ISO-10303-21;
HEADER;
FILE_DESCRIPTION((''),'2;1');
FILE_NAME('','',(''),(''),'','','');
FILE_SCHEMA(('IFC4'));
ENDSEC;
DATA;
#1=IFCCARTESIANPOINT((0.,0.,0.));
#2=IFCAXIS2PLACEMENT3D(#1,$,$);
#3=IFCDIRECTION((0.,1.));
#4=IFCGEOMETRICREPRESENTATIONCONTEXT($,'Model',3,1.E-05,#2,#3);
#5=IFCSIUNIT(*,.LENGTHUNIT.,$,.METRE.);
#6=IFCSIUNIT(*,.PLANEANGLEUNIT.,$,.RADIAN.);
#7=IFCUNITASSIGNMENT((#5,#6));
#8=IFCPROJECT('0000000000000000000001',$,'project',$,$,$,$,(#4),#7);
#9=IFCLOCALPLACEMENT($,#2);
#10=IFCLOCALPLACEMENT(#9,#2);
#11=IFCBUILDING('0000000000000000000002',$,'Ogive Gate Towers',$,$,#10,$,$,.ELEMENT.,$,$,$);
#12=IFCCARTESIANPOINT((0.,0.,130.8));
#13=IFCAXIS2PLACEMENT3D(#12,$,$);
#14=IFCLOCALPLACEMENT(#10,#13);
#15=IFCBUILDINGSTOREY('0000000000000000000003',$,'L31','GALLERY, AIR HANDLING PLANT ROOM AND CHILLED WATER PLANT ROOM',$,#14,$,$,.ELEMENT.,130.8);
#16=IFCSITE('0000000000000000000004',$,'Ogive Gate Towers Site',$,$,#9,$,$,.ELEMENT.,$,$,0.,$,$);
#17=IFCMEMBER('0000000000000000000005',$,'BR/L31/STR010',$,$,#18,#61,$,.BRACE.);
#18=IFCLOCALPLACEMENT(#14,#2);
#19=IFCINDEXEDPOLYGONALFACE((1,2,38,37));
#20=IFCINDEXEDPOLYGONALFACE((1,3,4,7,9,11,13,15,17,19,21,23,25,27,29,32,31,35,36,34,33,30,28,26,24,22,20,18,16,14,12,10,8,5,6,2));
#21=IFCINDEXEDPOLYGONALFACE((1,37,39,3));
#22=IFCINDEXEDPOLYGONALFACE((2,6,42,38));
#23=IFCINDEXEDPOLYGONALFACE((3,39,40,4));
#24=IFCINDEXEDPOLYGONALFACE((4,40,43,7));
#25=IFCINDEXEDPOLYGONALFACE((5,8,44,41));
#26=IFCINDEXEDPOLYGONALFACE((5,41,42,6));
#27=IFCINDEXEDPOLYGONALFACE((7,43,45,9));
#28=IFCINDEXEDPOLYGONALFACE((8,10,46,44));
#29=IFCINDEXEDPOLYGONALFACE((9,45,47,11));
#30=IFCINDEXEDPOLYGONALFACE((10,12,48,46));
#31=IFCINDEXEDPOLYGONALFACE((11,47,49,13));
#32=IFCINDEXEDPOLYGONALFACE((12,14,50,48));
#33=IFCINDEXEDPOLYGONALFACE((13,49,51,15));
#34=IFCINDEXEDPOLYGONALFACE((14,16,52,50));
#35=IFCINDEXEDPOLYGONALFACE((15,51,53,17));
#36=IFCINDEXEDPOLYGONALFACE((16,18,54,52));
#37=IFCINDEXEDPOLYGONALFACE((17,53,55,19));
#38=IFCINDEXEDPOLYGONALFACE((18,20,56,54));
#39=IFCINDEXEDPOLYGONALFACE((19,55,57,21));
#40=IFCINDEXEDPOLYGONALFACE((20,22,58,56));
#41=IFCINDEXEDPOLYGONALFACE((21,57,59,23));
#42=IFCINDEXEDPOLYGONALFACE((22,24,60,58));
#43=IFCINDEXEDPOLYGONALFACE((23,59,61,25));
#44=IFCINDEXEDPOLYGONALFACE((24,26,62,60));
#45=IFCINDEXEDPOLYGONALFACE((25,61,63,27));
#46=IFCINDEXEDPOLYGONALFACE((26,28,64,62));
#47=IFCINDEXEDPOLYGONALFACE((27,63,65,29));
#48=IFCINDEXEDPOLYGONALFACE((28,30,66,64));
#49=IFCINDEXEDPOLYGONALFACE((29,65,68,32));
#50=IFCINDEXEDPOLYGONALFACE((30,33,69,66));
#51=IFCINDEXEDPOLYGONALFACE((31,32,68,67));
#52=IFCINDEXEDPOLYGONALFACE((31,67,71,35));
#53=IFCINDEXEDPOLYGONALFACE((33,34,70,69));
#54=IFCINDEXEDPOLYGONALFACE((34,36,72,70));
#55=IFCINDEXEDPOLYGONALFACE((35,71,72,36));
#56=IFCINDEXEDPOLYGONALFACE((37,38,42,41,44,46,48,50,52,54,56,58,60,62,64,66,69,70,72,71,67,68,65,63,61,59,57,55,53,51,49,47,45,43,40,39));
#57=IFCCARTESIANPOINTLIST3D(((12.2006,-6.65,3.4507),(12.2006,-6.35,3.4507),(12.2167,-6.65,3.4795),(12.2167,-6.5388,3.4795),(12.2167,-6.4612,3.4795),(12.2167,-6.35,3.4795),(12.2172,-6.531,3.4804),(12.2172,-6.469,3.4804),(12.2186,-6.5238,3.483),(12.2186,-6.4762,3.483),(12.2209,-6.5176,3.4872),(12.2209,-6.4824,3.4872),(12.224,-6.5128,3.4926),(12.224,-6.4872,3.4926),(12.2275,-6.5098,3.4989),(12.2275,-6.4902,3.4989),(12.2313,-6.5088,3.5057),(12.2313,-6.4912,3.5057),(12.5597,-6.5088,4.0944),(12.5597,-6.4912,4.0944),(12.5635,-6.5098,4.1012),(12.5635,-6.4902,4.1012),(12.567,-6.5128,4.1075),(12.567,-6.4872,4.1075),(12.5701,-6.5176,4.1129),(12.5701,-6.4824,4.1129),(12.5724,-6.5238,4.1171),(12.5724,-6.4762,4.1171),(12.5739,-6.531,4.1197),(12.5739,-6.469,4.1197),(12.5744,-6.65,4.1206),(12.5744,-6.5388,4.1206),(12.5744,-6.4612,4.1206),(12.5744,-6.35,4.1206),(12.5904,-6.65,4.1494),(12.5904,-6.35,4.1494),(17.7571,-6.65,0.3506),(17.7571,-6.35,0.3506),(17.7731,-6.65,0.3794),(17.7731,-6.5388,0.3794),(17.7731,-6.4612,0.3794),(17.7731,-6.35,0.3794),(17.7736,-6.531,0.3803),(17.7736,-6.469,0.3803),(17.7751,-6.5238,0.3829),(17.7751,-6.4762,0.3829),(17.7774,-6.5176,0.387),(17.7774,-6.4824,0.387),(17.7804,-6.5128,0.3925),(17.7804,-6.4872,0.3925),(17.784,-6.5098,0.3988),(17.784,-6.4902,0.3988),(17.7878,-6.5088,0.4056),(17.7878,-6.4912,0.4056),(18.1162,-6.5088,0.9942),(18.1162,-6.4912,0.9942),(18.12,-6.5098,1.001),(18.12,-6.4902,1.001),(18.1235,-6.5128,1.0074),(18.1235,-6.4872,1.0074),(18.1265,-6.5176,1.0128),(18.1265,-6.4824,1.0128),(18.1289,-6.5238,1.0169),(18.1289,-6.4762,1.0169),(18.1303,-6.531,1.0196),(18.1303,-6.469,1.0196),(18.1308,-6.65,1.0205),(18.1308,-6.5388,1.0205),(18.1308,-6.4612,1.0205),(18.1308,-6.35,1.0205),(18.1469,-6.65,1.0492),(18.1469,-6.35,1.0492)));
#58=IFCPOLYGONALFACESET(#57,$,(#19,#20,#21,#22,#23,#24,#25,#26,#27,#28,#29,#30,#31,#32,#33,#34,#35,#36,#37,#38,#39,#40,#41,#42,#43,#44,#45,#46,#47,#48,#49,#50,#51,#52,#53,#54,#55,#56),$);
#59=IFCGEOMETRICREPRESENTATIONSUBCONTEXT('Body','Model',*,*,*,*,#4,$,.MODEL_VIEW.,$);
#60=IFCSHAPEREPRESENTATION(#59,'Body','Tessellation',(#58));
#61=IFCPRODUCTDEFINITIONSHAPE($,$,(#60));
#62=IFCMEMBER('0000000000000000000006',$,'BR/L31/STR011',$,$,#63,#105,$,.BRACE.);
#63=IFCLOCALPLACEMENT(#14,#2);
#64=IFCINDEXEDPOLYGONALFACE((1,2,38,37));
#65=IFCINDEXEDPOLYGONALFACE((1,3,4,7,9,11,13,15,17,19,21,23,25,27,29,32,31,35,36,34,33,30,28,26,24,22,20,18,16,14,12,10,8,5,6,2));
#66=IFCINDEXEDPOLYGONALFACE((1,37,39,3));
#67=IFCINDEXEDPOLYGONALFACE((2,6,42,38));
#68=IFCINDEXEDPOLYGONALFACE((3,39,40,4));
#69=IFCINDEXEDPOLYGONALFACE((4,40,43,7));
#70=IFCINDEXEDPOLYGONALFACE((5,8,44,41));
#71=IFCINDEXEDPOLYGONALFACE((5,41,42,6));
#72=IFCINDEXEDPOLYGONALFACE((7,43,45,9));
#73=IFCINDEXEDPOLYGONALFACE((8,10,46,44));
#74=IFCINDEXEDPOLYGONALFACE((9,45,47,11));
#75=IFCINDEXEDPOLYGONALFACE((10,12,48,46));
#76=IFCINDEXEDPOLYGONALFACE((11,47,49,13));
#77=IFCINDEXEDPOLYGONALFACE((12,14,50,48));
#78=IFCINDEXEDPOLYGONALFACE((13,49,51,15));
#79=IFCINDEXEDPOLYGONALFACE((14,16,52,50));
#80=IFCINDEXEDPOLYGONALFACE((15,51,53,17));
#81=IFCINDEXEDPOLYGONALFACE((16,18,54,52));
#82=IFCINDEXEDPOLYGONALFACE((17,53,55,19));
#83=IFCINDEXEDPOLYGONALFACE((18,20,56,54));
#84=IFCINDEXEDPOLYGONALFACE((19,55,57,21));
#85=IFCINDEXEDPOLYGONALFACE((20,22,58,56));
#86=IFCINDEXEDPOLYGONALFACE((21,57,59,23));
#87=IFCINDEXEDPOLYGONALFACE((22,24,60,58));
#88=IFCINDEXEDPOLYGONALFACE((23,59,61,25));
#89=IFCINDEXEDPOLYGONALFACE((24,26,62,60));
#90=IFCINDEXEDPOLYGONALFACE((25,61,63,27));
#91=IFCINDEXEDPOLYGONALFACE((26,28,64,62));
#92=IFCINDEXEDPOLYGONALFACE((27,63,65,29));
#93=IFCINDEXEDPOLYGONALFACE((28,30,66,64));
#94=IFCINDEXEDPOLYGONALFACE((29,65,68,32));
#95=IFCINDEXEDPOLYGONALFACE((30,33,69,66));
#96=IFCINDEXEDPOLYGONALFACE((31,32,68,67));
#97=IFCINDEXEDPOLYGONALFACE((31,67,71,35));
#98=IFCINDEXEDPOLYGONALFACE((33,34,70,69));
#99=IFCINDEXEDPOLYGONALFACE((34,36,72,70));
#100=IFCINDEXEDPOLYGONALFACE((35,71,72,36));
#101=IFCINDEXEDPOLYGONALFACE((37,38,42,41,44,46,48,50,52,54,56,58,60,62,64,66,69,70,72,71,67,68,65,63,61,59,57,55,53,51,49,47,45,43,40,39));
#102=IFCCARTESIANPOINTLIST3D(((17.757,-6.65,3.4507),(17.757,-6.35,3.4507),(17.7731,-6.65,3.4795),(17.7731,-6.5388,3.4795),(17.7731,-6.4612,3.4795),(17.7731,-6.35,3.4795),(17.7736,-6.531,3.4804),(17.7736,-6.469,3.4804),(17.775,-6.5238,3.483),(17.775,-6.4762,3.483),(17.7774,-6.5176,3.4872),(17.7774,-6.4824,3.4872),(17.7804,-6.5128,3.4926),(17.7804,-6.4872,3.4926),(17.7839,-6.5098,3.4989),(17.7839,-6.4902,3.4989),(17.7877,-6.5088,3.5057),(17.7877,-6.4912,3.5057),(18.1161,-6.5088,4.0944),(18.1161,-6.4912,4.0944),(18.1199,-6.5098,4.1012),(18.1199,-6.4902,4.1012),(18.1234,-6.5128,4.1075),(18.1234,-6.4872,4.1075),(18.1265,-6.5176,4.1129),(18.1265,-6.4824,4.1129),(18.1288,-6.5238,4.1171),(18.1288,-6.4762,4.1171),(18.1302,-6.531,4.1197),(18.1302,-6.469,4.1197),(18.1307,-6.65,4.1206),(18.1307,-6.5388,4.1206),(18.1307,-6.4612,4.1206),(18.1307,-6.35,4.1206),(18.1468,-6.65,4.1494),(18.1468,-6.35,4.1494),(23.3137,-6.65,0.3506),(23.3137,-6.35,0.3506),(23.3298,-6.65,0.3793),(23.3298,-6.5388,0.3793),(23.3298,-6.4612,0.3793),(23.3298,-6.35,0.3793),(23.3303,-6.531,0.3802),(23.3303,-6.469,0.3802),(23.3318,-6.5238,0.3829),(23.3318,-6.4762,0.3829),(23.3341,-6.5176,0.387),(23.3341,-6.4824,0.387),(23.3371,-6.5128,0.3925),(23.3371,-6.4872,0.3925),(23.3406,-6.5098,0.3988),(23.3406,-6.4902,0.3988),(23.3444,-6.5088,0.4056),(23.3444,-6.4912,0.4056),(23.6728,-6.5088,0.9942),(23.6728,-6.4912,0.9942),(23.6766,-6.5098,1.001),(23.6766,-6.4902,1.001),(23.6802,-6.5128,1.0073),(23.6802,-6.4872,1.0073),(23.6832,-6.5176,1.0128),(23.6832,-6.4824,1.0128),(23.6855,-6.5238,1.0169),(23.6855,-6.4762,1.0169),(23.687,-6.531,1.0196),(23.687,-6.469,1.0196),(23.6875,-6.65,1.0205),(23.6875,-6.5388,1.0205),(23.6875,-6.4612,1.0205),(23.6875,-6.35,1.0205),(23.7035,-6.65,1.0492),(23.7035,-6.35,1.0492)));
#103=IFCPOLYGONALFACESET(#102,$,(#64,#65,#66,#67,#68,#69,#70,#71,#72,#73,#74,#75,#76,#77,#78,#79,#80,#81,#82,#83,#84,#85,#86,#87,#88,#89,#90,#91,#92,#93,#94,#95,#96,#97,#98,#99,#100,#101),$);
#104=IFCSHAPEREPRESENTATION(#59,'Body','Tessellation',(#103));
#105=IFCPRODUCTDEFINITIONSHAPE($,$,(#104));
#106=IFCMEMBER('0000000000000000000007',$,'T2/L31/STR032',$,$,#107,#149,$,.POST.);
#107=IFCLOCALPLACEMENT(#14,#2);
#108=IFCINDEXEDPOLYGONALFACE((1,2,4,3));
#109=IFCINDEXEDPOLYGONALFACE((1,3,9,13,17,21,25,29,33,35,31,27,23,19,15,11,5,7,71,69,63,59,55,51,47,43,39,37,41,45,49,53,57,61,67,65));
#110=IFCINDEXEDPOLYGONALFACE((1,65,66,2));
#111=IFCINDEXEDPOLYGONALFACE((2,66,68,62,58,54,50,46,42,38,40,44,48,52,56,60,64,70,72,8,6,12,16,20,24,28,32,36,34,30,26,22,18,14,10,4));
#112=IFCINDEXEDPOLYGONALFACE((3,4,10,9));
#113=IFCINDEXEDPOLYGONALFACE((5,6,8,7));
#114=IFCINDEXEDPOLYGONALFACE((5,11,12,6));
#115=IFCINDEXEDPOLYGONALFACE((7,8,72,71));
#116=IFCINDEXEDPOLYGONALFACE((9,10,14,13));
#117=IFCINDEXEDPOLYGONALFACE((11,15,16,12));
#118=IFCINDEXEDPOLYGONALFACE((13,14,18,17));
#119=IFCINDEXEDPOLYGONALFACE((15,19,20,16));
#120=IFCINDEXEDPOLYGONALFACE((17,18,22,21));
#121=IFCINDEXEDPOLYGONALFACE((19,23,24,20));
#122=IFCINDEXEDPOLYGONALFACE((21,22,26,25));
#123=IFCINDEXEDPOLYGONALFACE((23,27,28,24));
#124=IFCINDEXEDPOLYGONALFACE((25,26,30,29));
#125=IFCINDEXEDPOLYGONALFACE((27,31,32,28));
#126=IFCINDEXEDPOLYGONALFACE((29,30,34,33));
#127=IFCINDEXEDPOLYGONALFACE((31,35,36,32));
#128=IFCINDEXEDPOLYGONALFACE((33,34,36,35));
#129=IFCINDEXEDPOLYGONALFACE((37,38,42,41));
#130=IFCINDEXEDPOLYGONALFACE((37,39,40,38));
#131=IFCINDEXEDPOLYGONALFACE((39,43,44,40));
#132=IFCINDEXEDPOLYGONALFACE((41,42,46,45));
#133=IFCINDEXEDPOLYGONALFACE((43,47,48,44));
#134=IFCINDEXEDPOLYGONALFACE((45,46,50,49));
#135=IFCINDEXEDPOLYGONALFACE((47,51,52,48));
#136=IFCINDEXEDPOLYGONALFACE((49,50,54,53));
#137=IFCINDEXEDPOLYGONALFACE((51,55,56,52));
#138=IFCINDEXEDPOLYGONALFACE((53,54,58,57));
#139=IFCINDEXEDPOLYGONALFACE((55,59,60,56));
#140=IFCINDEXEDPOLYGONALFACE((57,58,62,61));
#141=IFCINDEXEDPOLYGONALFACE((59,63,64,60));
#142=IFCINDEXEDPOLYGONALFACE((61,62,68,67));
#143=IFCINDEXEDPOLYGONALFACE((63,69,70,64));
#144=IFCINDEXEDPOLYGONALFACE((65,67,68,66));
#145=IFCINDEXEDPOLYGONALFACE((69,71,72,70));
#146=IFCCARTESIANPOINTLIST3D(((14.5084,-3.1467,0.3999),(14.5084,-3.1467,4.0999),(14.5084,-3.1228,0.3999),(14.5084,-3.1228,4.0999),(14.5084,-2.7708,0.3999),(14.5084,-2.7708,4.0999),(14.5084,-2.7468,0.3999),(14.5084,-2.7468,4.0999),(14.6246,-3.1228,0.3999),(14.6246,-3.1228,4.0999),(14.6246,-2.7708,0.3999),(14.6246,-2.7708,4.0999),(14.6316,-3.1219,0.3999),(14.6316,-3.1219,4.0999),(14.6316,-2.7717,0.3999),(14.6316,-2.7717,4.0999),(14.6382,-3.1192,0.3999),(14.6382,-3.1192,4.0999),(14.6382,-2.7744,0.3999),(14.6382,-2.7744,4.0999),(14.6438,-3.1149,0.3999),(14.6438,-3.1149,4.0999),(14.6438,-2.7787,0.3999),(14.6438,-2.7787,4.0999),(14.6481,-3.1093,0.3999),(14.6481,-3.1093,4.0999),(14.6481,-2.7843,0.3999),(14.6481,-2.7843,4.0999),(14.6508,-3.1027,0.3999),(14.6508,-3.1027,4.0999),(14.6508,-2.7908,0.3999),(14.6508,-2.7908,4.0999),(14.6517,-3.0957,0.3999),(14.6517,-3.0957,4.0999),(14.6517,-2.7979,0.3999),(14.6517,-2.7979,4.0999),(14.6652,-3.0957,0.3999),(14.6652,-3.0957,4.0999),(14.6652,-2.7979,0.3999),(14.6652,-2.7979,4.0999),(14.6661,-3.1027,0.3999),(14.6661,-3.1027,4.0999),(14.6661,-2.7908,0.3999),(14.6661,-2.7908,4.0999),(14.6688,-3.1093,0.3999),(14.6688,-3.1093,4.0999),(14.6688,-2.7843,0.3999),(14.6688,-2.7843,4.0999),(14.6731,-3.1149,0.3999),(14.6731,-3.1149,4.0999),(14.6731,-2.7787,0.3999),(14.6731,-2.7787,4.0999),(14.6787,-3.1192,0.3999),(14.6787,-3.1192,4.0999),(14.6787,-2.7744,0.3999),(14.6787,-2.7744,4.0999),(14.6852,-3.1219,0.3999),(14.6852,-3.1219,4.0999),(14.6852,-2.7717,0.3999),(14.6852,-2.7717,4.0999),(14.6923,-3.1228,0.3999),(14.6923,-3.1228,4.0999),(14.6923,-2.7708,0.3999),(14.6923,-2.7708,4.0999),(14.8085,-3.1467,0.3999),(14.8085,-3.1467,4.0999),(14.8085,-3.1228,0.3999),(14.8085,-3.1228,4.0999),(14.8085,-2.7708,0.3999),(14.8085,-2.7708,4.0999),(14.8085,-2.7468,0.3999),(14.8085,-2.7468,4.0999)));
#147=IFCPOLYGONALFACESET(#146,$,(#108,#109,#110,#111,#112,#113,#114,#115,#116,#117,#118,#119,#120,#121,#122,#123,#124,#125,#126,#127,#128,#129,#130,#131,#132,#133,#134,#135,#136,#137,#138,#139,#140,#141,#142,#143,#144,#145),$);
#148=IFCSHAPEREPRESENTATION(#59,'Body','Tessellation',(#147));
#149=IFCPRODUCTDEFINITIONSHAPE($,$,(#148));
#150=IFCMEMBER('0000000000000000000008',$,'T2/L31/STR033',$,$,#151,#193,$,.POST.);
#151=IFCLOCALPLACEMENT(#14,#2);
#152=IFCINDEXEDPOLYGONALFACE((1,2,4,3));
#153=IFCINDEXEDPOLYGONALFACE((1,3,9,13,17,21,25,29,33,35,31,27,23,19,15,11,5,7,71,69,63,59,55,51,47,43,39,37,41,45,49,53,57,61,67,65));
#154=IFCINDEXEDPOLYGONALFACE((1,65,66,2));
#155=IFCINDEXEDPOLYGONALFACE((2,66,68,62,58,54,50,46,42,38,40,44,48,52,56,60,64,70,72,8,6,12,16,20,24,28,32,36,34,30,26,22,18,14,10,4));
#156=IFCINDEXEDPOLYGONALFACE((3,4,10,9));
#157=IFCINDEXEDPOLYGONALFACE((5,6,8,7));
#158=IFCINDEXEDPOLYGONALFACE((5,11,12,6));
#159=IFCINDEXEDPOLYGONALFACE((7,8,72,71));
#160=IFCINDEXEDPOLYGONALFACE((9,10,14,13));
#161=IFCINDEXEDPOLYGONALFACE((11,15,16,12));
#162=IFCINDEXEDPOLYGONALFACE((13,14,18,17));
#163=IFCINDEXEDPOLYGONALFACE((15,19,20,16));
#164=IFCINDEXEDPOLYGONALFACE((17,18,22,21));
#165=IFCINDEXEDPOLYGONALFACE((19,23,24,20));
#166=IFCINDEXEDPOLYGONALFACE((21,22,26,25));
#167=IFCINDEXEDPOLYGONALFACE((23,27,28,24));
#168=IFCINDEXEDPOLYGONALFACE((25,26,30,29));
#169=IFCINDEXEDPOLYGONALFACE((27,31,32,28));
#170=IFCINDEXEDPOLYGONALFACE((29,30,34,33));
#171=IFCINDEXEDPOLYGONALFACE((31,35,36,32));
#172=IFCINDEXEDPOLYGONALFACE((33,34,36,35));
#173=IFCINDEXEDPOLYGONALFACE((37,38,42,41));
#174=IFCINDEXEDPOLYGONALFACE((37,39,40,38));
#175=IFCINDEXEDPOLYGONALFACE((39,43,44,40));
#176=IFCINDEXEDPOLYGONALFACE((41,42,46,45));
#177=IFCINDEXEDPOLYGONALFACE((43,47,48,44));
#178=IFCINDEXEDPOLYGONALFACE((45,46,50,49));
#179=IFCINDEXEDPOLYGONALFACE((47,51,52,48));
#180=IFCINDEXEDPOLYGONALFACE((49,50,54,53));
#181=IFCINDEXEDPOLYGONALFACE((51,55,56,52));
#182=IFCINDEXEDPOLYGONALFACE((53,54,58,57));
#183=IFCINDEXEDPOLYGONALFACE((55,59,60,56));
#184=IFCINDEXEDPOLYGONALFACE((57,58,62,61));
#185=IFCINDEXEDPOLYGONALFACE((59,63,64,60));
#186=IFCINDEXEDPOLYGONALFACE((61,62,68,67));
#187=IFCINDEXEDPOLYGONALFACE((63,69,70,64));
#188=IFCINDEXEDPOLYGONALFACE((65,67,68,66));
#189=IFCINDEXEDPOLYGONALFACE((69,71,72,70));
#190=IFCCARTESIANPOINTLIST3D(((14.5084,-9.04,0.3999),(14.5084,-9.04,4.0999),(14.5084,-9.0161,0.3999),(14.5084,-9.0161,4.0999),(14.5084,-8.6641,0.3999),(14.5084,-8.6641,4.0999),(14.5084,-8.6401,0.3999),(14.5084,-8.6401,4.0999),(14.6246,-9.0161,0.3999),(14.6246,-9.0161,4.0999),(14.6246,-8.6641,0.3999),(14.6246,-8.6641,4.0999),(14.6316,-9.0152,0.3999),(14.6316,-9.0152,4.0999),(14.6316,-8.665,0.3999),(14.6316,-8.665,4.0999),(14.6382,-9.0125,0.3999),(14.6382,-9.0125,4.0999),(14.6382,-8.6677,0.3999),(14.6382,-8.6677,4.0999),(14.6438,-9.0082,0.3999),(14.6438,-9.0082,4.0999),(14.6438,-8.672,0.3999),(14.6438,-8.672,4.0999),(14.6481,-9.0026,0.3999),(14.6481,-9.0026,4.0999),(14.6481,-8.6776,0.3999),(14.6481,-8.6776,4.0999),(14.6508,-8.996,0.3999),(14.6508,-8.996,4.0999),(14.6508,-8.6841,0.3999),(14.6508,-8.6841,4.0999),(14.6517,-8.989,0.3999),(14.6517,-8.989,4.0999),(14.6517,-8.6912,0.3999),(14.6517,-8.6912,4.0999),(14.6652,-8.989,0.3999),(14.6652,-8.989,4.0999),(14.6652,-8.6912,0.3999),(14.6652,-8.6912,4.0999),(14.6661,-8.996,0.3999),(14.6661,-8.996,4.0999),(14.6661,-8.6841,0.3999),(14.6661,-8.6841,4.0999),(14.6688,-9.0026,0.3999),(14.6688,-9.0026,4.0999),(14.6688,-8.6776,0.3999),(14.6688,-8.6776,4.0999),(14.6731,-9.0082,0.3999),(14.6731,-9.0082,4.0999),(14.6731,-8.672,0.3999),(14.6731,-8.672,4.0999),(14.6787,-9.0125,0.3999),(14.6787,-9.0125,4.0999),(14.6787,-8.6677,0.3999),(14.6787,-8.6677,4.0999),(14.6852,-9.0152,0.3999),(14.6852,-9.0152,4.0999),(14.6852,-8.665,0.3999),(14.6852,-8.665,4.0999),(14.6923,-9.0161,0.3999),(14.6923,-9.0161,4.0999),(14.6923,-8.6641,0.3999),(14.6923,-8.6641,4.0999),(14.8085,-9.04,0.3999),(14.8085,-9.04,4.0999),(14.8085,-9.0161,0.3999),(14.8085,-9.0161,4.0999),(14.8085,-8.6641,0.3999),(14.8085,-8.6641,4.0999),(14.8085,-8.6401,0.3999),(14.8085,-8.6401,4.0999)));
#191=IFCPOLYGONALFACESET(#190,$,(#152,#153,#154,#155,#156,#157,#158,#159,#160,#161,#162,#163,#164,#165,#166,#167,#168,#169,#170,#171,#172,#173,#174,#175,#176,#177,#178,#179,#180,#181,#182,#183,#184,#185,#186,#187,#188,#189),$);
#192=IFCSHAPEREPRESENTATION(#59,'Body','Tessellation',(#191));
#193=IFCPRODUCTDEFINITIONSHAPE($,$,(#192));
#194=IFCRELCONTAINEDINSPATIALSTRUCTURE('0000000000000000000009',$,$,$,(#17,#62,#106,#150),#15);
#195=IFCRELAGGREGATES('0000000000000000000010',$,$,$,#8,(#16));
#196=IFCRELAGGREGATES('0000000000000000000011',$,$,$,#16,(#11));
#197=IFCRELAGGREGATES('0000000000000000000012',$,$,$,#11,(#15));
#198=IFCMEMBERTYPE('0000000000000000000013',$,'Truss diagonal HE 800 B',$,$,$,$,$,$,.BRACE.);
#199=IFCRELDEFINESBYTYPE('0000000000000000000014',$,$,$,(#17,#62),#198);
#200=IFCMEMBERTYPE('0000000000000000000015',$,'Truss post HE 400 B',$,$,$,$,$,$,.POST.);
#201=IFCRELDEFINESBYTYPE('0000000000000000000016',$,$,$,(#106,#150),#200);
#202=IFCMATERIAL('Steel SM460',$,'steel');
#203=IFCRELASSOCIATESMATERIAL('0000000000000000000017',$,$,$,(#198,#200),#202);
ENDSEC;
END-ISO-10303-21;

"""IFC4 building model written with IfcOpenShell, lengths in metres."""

from ifc_helpers import new_model, si_unit, direction, frame, origin, origin_2d, place, context, subcontext, project, spatial, i_section, extrude, material, material_profile, profile_set, type_object, element, save


model = new_model("IFC4")

# Units and contexts
model_context = context("Model", 3, precision=1e-05, world=origin(), true_north=direction((0.0, 1.0)))
body_context = subcontext(model_context, "Body", "Model", "MODEL_VIEW")
ifc_project = project(units=[si_unit("LENGTHUNIT", "METRE"), si_unit("PLANEANGLEUNIT", "RADIAN")], contexts=[model_context])

# Site, building, storey
site_placement = place(None, origin())
site = spatial("IfcSite", under=ifc_project, at=site_placement, Name="Ogive Gate Towers Site", CompositionType="ELEMENT", RefElevation=0.0)
building_placement = place(site_placement, origin())
building = spatial("IfcBuilding", under=site, at=building_placement, Name="Ogive Gate Towers", CompositionType="ELEMENT")
storey_placement = place(building_placement, frame((0.0, 0.0, 130.8)))
storey = spatial("IfcBuildingStorey", under=building, at=storey_placement, Name="L31", Description="GALLERY, AIR HANDLING PLANT ROOM AND CHILLED WATER PLANT ROOM", CompositionType="ELEMENT", Elevation=130.8)

# Shared definitions
ifc_material_1 = material(Name="Steel SM460", Category="steel")

# Members
ifc_material_profile_1 = material_profile(ifc_material_1, i_section(OverallWidth=0.3, OverallDepth=0.8, WebThickness=0.0176, FlangeThickness=0.033, FilletRadius=0.03, at=origin_2d()), Name="HE 800 B")
ifc_profile_set_1 = profile_set([ifc_material_profile_1], Name="Steel SM460")
member_type_1 = type_object("IfcMemberType", Name="Truss diagonal HE 800 B", PredefinedType="BRACE", material=ifc_profile_set_1)
member_1_placement = place(storey_placement, frame((12.3955, -6.5, 3.8), z_axis=(0.873274, 0.0, -0.487229), x_axis=(0.0, 1.0, 0.0)))
element("IfcMember", 1, at=member_1_placement, inside=storey, type_object=member_type_1, Name="BR/L31/STR010", PredefinedType="BRACE", context=body_context, shape_type="SweptSolid", body=[
    extrude(i_section(OverallWidth=0.3, OverallDepth=0.8, WebThickness=0.0176, FlangeThickness=0.033, FilletRadius=0.03, at=origin_2d()), origin(), (0.0, 0.0, 1.0), 6.3628),
])
member_2_placement = place(storey_placement, frame((17.9519, -6.5, 3.8), z_axis=(0.873284, 0.0, -0.487212), x_axis=(0.0, 1.0, 0.0)))
element("IfcMember", 2, at=member_2_placement, inside=storey, type_object=member_type_1, Name="BR/L31/STR011", PredefinedType="BRACE", context=body_context, shape_type="SweptSolid", body=[
    extrude(i_section(OverallWidth=0.3, OverallDepth=0.8, WebThickness=0.0176, FlangeThickness=0.033, FilletRadius=0.03, at=origin_2d()), origin(), (0.0, 0.0, 1.0), 6.363),
])
ifc_material_profile_2 = material_profile(ifc_material_1, i_section(OverallWidth=0.3, OverallDepth=0.3999, WebThickness=0.0134, FlangeThickness=0.0239, FilletRadius=0.0271, at=origin_2d()), Name="HE 400 B")
ifc_profile_set_2 = profile_set([ifc_material_profile_2], Name="Steel SM460")
member_type_2 = type_object("IfcMemberType", Name="Truss post HE 400 B", PredefinedType="POST", material=ifc_profile_set_2)
for number, where, z_axis, x_axis, name in (
    (3, (14.6584, -2.9468, 0.3999), (0.0, 0.0, 1.0), (1.0, 0.0, 0.0), "T2/L31/STR032"),
    (4, (14.6584, -8.8401, 0.3999), (0.0, 0.0, 1.0), (1.0, 0.0, 0.0), "T2/L31/STR033"),
):
    element("IfcMember", number, at=place(storey_placement, frame(where, z_axis=z_axis, x_axis=x_axis)), inside=storey, type_object=member_type_2, Name=name, PredefinedType="POST", context=body_context, shape_type="SweptSolid", body=[
        extrude(i_section(OverallWidth=0.3, OverallDepth=0.3999, WebThickness=0.0134, FlangeThickness=0.0239, FilletRadius=0.0271, at=origin_2d()), origin(), (0.0, 0.0, 1.0), 3.7),
    ])

save(model, "model.ifc")
